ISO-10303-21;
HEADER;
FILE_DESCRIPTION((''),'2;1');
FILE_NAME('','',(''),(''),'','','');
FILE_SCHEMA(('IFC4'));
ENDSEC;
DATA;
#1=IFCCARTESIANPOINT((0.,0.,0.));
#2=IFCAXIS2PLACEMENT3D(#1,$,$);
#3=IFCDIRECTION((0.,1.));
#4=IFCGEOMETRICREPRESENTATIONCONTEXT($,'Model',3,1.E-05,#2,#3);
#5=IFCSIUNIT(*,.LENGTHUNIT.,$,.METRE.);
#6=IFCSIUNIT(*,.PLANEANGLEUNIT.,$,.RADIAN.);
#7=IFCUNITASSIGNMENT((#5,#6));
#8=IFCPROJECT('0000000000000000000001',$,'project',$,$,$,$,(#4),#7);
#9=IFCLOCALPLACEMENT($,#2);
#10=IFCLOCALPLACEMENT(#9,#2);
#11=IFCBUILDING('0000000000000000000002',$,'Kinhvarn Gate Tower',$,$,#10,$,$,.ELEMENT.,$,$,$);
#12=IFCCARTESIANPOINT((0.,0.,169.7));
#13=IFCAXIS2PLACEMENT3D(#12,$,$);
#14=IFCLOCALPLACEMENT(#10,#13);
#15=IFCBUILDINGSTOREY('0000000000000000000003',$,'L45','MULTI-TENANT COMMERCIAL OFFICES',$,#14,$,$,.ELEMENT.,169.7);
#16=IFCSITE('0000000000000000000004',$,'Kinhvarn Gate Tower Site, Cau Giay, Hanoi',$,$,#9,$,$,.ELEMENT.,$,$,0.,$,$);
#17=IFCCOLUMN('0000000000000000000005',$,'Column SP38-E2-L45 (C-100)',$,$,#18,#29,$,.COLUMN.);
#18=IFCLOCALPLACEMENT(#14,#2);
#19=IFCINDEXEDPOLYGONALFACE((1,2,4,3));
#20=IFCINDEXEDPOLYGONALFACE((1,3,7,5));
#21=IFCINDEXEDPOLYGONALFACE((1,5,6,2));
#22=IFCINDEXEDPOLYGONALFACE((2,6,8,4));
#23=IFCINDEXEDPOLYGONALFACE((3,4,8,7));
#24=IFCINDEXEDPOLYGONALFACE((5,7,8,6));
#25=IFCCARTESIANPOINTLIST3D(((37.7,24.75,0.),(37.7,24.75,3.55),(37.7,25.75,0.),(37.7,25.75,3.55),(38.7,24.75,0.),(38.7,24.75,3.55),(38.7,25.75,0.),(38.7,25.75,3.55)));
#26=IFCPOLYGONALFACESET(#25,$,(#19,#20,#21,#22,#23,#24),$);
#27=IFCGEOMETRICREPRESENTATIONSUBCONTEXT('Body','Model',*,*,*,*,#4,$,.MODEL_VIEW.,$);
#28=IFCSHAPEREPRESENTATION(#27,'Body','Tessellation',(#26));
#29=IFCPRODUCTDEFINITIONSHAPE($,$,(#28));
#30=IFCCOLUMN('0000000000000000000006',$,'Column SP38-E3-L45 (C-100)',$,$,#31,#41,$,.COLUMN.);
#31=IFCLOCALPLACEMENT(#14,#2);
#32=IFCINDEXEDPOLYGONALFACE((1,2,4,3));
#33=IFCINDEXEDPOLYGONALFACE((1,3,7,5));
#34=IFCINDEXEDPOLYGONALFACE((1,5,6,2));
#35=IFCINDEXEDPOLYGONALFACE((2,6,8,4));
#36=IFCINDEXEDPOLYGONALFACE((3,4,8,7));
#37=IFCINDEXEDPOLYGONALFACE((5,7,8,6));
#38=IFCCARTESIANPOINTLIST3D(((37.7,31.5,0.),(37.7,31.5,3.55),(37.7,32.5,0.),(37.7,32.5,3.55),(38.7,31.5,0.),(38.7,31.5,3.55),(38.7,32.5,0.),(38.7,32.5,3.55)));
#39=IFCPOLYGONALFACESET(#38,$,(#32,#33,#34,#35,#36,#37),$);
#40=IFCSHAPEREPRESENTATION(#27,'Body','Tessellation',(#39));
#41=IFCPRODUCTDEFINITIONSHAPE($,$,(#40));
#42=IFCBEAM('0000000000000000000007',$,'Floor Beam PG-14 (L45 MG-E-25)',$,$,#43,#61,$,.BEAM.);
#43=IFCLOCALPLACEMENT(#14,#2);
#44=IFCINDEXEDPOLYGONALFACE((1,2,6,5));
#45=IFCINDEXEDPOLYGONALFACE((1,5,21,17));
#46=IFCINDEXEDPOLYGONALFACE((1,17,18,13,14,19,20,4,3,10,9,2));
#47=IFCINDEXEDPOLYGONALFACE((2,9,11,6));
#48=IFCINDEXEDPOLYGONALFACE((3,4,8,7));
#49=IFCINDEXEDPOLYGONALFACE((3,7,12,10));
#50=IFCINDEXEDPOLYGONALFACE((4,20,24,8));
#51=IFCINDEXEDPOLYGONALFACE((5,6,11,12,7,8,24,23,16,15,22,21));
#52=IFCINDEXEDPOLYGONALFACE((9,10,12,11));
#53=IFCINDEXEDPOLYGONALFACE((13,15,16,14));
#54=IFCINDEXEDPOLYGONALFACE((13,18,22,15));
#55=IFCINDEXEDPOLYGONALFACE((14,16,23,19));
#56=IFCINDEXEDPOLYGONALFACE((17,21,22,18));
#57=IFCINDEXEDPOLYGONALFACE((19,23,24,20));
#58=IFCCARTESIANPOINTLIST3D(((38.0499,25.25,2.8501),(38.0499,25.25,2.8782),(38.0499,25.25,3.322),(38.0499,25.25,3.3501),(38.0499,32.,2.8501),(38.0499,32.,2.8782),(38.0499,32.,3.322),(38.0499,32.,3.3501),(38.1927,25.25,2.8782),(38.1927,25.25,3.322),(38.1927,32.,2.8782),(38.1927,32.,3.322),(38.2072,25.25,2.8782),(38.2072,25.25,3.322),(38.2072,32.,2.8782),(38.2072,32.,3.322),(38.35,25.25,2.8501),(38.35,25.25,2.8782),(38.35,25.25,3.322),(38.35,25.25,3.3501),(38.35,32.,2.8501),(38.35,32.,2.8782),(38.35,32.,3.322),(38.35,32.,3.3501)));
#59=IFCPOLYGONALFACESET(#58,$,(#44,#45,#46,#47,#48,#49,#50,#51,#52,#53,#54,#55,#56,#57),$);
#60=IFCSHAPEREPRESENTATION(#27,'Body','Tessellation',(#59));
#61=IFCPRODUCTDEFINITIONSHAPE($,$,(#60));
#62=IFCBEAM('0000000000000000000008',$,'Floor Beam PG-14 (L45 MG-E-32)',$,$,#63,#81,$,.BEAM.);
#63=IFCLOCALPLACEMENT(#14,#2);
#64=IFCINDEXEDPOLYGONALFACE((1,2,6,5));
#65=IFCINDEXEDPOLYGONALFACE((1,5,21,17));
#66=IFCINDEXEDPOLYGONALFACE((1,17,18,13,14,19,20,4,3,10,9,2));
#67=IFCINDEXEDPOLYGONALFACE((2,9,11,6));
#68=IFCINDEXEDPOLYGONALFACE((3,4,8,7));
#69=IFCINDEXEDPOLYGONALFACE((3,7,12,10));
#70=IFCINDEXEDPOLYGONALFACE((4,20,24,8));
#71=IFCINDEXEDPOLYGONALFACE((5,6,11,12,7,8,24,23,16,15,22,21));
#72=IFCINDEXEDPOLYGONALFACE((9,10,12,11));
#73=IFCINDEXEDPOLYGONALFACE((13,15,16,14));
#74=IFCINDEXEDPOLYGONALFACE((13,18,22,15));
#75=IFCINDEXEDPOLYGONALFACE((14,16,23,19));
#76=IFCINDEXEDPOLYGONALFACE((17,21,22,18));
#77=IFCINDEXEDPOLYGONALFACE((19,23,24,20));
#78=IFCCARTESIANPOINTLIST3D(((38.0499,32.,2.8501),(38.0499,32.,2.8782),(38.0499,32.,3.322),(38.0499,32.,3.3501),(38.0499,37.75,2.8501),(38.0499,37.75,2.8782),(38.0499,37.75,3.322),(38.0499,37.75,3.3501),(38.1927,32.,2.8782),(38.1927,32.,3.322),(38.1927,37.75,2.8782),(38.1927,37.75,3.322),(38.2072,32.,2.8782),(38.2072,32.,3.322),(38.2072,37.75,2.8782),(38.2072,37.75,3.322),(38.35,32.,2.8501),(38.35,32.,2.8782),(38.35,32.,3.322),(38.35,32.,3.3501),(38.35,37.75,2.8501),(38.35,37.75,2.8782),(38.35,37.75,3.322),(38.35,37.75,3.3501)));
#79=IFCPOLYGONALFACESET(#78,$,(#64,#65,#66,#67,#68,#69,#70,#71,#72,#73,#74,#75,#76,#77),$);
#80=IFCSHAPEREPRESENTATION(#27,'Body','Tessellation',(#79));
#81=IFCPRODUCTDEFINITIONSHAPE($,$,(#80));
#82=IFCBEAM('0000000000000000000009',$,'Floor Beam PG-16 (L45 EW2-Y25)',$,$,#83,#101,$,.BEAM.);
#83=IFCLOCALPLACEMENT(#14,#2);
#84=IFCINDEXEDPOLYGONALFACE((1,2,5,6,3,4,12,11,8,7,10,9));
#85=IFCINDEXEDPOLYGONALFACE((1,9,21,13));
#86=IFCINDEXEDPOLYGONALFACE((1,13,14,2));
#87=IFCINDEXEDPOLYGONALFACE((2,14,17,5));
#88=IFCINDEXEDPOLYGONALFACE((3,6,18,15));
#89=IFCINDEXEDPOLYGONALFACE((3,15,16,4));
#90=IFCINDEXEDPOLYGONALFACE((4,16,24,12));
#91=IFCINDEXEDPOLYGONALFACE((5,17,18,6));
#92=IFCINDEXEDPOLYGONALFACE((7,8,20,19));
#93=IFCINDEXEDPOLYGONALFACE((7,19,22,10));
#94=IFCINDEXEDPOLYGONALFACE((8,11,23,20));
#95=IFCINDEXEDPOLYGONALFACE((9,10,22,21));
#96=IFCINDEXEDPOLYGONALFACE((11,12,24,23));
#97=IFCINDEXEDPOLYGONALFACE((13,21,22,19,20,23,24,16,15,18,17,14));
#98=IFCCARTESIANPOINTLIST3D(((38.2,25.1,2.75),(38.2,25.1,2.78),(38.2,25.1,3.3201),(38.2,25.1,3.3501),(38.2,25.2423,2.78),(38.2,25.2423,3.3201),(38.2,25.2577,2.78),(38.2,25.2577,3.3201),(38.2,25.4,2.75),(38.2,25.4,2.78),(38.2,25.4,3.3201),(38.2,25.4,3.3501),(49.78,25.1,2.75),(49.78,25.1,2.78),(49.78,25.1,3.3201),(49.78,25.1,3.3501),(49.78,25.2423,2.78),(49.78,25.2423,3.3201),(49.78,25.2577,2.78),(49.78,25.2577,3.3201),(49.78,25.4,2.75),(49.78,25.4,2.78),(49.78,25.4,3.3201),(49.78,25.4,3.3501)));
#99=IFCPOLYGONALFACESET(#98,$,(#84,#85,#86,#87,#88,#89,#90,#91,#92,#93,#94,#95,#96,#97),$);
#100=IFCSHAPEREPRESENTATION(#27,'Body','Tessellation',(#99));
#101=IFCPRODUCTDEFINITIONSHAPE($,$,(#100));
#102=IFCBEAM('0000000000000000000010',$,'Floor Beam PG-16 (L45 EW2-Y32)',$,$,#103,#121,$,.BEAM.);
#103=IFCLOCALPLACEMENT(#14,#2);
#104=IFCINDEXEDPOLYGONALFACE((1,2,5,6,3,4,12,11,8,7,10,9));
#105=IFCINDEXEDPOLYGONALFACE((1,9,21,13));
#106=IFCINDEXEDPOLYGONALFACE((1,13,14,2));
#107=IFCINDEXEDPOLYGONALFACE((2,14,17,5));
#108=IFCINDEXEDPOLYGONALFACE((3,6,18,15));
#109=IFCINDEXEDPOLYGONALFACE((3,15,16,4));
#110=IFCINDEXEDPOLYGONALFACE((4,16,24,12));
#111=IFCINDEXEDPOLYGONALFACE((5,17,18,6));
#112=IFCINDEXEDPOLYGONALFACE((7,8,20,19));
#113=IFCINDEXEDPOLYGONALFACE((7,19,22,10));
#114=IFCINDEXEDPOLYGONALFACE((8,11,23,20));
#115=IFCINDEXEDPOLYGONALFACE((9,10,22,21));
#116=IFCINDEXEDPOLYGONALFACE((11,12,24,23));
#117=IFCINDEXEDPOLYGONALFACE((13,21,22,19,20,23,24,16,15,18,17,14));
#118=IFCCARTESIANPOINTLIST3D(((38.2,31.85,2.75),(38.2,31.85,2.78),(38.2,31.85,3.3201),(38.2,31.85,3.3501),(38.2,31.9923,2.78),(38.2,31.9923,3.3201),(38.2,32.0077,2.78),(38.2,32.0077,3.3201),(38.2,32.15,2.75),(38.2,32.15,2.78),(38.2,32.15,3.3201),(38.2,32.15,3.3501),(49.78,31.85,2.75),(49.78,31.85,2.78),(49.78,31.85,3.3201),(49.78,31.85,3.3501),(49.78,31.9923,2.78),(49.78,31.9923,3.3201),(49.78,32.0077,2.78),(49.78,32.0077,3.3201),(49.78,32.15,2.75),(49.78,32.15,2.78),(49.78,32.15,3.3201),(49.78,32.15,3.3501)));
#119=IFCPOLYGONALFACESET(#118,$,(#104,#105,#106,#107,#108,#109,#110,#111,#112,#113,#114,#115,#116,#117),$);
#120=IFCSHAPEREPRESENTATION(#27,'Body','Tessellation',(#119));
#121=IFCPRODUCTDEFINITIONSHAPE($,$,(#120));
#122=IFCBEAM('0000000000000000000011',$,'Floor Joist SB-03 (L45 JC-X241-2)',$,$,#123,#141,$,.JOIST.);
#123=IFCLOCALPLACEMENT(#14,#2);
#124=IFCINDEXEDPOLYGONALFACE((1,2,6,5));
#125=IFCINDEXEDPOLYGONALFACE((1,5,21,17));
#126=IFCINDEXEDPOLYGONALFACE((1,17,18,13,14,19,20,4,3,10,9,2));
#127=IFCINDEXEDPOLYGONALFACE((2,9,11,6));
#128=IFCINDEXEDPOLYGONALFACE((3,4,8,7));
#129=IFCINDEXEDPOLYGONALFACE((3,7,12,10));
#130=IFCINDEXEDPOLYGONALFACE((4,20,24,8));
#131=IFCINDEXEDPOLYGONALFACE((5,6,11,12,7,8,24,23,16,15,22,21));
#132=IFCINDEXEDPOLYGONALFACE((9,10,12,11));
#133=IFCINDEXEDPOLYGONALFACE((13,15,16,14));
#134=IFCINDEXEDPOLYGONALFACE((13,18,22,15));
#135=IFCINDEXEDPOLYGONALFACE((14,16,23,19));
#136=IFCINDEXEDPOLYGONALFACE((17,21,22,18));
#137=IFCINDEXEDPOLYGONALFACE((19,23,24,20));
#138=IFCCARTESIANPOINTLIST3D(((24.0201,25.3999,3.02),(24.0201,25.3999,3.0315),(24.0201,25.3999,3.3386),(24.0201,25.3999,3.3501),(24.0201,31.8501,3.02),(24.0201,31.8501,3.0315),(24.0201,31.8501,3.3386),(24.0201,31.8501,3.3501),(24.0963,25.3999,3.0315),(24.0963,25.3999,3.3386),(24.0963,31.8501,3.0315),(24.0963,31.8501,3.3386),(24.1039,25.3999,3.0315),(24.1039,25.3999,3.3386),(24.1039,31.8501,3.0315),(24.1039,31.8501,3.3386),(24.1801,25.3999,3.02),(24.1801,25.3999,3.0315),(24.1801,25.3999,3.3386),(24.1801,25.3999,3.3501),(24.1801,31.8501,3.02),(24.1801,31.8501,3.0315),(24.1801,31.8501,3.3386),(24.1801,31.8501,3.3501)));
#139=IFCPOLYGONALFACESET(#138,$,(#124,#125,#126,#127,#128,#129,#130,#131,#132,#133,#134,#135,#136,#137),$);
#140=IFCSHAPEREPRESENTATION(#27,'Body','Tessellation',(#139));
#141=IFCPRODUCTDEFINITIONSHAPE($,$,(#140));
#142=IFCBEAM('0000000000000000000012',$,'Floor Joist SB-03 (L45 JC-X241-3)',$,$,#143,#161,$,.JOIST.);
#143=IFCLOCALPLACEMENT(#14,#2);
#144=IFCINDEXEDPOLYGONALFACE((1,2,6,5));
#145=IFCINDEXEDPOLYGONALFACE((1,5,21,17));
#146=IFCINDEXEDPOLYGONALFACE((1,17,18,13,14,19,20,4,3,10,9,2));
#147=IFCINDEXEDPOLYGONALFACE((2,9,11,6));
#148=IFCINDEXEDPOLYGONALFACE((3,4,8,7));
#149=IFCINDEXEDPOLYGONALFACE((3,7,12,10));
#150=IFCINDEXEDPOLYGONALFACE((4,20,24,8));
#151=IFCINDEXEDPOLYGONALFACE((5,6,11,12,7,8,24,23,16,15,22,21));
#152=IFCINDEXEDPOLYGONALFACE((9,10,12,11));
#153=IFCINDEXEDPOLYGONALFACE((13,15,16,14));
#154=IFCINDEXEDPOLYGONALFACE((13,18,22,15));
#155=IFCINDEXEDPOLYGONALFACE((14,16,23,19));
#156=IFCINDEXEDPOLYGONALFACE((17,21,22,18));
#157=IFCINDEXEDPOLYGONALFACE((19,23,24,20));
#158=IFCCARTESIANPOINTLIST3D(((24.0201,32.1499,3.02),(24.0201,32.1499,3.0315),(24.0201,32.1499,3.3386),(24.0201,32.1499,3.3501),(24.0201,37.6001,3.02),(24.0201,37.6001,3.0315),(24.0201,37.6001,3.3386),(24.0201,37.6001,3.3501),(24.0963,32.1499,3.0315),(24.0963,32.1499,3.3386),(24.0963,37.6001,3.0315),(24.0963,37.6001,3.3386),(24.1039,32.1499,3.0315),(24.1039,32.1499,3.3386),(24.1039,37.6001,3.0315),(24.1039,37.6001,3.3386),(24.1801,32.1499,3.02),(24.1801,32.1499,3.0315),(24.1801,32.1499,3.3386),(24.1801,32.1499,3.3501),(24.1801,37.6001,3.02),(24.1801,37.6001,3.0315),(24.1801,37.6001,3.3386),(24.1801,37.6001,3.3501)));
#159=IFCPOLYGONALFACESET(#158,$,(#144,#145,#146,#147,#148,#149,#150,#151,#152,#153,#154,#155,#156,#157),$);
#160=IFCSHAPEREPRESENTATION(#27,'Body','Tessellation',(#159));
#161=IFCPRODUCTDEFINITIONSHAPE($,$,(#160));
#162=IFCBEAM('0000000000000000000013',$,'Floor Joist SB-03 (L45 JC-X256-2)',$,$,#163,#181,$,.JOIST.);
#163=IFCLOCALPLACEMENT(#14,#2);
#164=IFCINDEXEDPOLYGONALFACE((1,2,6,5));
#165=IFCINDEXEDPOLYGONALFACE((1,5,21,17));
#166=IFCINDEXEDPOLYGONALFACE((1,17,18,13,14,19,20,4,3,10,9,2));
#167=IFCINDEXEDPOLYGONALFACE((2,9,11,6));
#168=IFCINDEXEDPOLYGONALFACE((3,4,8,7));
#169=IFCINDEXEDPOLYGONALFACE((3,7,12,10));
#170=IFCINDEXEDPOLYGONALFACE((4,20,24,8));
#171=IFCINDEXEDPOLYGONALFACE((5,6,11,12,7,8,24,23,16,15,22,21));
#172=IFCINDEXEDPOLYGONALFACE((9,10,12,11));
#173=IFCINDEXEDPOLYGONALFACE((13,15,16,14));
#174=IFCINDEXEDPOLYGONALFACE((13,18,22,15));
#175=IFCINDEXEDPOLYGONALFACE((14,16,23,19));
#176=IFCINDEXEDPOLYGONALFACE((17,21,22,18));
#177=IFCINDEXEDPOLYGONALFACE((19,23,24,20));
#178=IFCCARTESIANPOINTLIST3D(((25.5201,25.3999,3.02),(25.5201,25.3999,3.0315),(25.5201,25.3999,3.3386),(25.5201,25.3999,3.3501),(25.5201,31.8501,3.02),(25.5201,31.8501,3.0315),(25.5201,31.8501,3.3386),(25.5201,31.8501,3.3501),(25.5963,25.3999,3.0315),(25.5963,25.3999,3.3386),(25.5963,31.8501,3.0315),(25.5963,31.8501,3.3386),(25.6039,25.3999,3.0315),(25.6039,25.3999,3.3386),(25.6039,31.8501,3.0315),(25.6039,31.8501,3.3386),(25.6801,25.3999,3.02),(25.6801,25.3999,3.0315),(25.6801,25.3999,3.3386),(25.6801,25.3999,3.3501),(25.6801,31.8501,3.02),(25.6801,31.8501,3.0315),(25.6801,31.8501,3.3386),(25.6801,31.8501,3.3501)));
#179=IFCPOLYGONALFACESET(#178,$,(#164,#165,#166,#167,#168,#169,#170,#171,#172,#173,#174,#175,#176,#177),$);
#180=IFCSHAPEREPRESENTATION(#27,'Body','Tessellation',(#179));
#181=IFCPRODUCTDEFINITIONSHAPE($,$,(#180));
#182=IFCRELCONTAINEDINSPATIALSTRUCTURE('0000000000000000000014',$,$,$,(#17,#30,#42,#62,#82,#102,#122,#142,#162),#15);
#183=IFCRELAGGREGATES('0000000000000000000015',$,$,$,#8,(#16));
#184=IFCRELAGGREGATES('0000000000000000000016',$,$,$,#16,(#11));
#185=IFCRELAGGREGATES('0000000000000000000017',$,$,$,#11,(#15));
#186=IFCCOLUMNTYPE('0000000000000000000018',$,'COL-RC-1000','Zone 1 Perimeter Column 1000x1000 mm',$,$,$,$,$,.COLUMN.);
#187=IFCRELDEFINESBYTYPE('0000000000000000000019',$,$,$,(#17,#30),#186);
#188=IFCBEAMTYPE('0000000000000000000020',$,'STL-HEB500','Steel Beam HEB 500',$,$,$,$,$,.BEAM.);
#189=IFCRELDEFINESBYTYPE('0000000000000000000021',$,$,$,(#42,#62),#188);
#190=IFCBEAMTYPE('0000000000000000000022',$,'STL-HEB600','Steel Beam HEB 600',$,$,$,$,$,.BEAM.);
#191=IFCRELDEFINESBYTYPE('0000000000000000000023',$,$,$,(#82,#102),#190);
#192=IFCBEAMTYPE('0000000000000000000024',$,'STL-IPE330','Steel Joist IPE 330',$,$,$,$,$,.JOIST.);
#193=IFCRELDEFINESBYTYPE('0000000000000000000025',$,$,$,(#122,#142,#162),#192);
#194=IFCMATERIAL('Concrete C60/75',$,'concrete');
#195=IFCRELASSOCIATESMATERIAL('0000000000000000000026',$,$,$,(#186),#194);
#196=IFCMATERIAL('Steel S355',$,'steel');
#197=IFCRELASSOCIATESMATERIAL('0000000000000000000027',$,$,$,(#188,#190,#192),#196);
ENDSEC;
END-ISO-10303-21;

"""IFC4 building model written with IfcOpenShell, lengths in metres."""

from ifc_helpers import new_model, si_unit, direction, frame, origin, origin_2d, place, context, subcontext, project, spatial, rectangle, i_section, extrude, material, material_profile, profile_set, type_object, element, save


model = new_model("IFC4")

# Units and contexts
model_context = context("Model", 3, precision=1e-05, world=origin(), true_north=direction((0.0, 1.0)))
body_context = subcontext(model_context, "Body", "Model", "MODEL_VIEW")
ifc_project = project(units=[si_unit("LENGTHUNIT", "METRE"), si_unit("PLANEANGLEUNIT", "RADIAN")], contexts=[model_context])

# Site, building, storey
site_placement = place(None, origin())
site = spatial("IfcSite", under=ifc_project, at=site_placement, Name="Kinhvarn Gate Tower Site, Cau Giay, Hanoi", CompositionType="ELEMENT", RefElevation=0.0)
building_placement = place(site_placement, origin())
building = spatial("IfcBuilding", under=site, at=building_placement, Name="Kinhvarn Gate Tower", CompositionType="ELEMENT")
storey_placement = place(building_placement, frame((0.0, 0.0, 169.7)))
storey = spatial("IfcBuildingStorey", under=building, at=storey_placement, Name="L45", Description="MULTI-TENANT COMMERCIAL OFFICES", CompositionType="ELEMENT", Elevation=169.7)

# Columns
ifc_material_1 = material(Name="Concrete C60/75", Category="concrete")
ifc_material_profile_1 = material_profile(ifc_material_1, rectangle(XDim=1.0, YDim=1.0, at=origin_2d()), Name="RC 1000x1000")
ifc_profile_set_1 = profile_set([ifc_material_profile_1], Name="Concrete C60/75")
column_type = type_object("IfcColumnType", Name="COL-RC-1000", Description="Zone 1 Perimeter Column 1000x1000 mm", PredefinedType="COLUMN", material=ifc_profile_set_1)
for number, where, z_axis, x_axis, name in (
    (1, (38.2, 25.25, 0.0), (0.0, 0.0, 1.0), (1.0, 0.0, 0.0), "Column SP38-E2-L45 (C-100)"),
    (2, (38.2, 32.0, 0.0), (0.0, 0.0, 1.0), (1.0, 0.0, 0.0), "Column SP38-E3-L45 (C-100)"),
):
    element("IfcColumn", number, at=place(storey_placement, frame(where, z_axis=z_axis, x_axis=x_axis)), inside=storey, type_object=column_type, Name=name, PredefinedType="COLUMN", context=body_context, shape_type="SweptSolid", body=[
        extrude(rectangle(XDim=1.0, YDim=1.0, at=origin_2d()), origin(), (0.0, 0.0, 1.0), 3.55),
    ])

# Beams
ifc_material_2 = material(Name="Steel S355", Category="steel")
ifc_material_profile_2 = material_profile(ifc_material_2, i_section(OverallWidth=0.3, OverallDepth=0.5, WebThickness=0.0144, FlangeThickness=0.0281, at=origin_2d()), Name="HEB 500")
ifc_profile_set_2 = profile_set([ifc_material_profile_2], Name="Steel S355")
beam_type_1 = type_object("IfcBeamType", Name="STL-HEB500", Description="Steel Beam HEB 500", PredefinedType="BEAM", material=ifc_profile_set_2)
beam_1_placement = place(storey_placement, frame((38.2, 25.25, 3.1001), z_axis=(0.0, 1.0, 0.0), x_axis=(-1.0, 0.0, 0.0)))
element("IfcBeam", 3, at=beam_1_placement, inside=storey, type_object=beam_type_1, Name="Floor Beam PG-14 (L45 MG-E-25)", PredefinedType="BEAM", context=body_context, shape_type="SweptSolid", body=[
    extrude(i_section(OverallWidth=0.3, OverallDepth=0.5, WebThickness=0.0144, FlangeThickness=0.0281, at=origin_2d()), origin(), (0.0, 0.0, 1.0), 6.75),
])
beam_2_placement = place(storey_placement, frame((38.2, 32.0, 3.1001), z_axis=(0.0, 1.0, 0.0), x_axis=(-1.0, 0.0, 0.0)))
element("IfcBeam", 4, at=beam_2_placement, inside=storey, type_object=beam_type_1, Name="Floor Beam PG-14 (L45 MG-E-32)", PredefinedType="BEAM", context=body_context, shape_type="SweptSolid", body=[
    extrude(i_section(OverallWidth=0.3, OverallDepth=0.5, WebThickness=0.0144, FlangeThickness=0.0281, at=origin_2d()), origin(), (0.0, 0.0, 1.0), 5.75),
])
ifc_material_profile_3 = material_profile(ifc_material_2, i_section(OverallWidth=0.3, OverallDepth=0.6001, WebThickness=0.0154, FlangeThickness=0.03, at=origin_2d()), Name="HEB 600")
ifc_profile_set_3 = profile_set([ifc_material_profile_3], Name="Steel S355")
beam_type_2 = type_object("IfcBeamType", Name="STL-HEB600", Description="Steel Beam HEB 600", PredefinedType="BEAM", material=ifc_profile_set_3)
for number, where, z_axis, x_axis, name in (
    (5, (38.2, 25.25, 3.05), (1.0, 0.0, 0.0), (0.0, 1.0, 0.0), "Floor Beam PG-16 (L45 EW2-Y25)"),
    (6, (38.2, 32.0, 3.05), (1.0, 0.0, 0.0), (0.0, 1.0, 0.0), "Floor Beam PG-16 (L45 EW2-Y32)"),
):
    element("IfcBeam", number, at=place(storey_placement, frame(where, z_axis=z_axis, x_axis=x_axis)), inside=storey, type_object=beam_type_2, Name=name, PredefinedType="BEAM", context=body_context, shape_type="SweptSolid", body=[
        extrude(i_section(OverallWidth=0.3, OverallDepth=0.6001, WebThickness=0.0154, FlangeThickness=0.03, at=origin_2d()), origin(), (0.0, 0.0, 1.0), 11.5801),
    ])
ifc_material_profile_4 = material_profile(ifc_material_2, i_section(OverallWidth=0.1599, OverallDepth=0.3301, WebThickness=0.0076, FlangeThickness=0.0115, at=origin_2d()), Name="IPE 330")
ifc_profile_set_4 = profile_set([ifc_material_profile_4], Name="Steel S355")
beam_type_3 = type_object("IfcBeamType", Name="STL-IPE330", Description="Steel Joist IPE 330", PredefinedType="JOIST", material=ifc_profile_set_4)
beam_3_placement = place(storey_placement, frame((24.1001, 25.3999, 3.1851), z_axis=(0.0, 1.0, 0.0), x_axis=(-1.0, 0.0, 0.0)))
element("IfcBeam", 7, at=beam_3_placement, inside=storey, type_object=beam_type_3, Name="Floor Joist SB-03 (L45 JC-X241-2)", PredefinedType="JOIST", context=body_context, shape_type="SweptSolid", body=[
    extrude(i_section(OverallWidth=0.1599, OverallDepth=0.3301, WebThickness=0.0076, FlangeThickness=0.0115, at=origin_2d()), origin(), (0.0, 0.0, 1.0), 6.4502),
])
beam_4_placement = place(storey_placement, frame((24.1001, 32.1499, 3.1851), z_axis=(0.0, 1.0, 0.0), x_axis=(-1.0, 0.0, 0.0)))
element("IfcBeam", 8, at=beam_4_placement, inside=storey, type_object=beam_type_3, Name="Floor Joist SB-03 (L45 JC-X241-3)", PredefinedType="JOIST", context=body_context, shape_type="SweptSolid", body=[
    extrude(i_section(OverallWidth=0.1599, OverallDepth=0.3301, WebThickness=0.0076, FlangeThickness=0.0115, at=origin_2d()), origin(), (0.0, 0.0, 1.0), 5.4502),
])
beam_5_placement = place(storey_placement, frame((25.6001, 25.3999, 3.1851), z_axis=(0.0, 1.0, 0.0), x_axis=(-1.0, 0.0, 0.0)))
element("IfcBeam", 9, at=beam_5_placement, inside=storey, type_object=beam_type_3, Name="Floor Joist SB-03 (L45 JC-X256-2)", PredefinedType="JOIST", context=body_context, shape_type="SweptSolid", body=[
    extrude(i_section(OverallWidth=0.1599, OverallDepth=0.3301, WebThickness=0.0076, FlangeThickness=0.0115, at=origin_2d()), origin(), (0.0, 0.0, 1.0), 6.4502),
])

save(model, "model.ifc")
